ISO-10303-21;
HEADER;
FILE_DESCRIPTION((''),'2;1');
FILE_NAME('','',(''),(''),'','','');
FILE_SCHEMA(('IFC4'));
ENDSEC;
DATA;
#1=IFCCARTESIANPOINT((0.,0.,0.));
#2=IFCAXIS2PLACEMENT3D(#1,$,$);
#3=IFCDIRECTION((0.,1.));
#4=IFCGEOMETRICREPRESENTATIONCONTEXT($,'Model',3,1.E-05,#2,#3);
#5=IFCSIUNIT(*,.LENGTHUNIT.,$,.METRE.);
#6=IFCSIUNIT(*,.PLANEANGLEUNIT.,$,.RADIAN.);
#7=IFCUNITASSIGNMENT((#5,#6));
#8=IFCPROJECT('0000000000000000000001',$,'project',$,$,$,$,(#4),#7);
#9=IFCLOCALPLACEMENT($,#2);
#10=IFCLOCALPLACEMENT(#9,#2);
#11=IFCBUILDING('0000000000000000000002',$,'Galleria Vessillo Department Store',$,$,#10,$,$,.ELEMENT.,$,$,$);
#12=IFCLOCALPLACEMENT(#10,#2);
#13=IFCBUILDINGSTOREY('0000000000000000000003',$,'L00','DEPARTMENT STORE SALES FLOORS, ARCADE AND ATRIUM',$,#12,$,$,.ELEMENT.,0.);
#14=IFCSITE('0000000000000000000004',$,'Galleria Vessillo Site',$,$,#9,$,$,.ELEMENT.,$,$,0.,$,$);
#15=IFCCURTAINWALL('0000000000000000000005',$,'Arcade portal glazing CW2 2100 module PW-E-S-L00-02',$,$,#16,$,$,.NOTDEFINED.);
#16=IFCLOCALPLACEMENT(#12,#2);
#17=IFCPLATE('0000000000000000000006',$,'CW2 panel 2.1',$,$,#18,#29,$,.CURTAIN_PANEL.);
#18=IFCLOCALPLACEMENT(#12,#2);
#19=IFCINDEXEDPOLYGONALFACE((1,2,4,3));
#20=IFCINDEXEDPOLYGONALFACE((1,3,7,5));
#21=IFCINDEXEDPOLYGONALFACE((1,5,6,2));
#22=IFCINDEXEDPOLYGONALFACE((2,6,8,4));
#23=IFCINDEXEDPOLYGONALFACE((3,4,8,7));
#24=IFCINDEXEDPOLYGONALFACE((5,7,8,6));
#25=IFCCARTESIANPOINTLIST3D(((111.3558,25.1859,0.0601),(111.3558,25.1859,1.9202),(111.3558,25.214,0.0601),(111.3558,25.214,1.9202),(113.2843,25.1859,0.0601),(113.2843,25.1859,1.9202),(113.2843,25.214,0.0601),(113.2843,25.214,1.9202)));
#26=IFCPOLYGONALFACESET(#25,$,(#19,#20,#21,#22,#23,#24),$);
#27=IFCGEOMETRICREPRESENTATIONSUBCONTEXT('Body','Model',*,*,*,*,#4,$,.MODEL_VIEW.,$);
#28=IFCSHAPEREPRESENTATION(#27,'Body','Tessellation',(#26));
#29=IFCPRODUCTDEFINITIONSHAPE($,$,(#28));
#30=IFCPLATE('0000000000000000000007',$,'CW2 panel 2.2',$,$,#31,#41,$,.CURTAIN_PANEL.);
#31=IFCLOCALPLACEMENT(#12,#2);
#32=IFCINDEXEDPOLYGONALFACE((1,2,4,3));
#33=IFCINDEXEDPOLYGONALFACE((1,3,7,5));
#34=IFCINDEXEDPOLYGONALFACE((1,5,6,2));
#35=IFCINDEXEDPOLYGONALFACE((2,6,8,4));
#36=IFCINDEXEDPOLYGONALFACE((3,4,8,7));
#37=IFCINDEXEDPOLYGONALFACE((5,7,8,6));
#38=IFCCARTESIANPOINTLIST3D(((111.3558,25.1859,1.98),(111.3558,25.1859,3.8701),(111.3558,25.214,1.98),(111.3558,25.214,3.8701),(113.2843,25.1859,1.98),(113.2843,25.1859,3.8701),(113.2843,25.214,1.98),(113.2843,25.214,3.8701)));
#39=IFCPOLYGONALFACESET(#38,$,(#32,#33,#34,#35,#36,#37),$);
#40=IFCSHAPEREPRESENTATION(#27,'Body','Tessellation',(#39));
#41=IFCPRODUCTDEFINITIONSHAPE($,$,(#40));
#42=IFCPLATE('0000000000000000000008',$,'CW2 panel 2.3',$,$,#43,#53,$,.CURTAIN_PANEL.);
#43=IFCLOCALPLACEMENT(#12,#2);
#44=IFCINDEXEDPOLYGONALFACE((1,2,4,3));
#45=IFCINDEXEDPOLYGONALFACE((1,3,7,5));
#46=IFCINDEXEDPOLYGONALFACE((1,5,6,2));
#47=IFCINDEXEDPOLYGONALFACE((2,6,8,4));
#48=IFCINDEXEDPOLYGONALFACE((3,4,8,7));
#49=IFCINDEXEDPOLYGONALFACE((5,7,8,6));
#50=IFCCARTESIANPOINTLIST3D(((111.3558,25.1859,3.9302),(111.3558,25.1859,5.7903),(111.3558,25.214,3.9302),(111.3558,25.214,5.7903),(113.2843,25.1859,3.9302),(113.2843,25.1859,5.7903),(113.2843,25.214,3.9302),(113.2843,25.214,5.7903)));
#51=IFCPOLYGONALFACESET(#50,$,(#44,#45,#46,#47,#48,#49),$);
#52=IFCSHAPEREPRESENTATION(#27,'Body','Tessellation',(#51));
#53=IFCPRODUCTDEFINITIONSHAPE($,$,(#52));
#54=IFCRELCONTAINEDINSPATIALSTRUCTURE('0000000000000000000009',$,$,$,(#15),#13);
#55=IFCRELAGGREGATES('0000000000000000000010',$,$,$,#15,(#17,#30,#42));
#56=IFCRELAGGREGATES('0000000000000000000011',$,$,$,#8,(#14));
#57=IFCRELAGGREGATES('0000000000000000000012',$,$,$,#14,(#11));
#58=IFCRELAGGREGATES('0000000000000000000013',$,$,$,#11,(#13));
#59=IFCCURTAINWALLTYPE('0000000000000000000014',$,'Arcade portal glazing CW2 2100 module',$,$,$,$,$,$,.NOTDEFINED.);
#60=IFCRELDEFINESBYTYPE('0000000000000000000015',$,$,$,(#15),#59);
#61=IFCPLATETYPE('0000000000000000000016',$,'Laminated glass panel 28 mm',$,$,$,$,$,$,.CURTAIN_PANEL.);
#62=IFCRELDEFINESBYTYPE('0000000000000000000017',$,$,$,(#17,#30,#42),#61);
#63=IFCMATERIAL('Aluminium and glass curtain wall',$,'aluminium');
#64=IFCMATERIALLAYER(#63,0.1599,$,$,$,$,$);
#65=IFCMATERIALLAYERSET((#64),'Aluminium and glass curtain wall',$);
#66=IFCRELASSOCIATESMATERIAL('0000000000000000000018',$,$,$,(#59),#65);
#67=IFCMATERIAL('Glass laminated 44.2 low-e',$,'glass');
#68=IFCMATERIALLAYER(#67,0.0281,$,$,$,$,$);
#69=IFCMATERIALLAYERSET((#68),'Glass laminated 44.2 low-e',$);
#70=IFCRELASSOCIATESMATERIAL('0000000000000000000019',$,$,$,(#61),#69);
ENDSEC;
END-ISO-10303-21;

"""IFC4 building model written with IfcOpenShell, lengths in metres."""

from ifc_helpers import new_model, si_unit, direction, frame, origin, origin_2d, place, context, subcontext, project, spatial, rectangle, extrude, material, layer, layer_set, type_object, element, aggregate, save


model = new_model("IFC4")

# Units and contexts
model_context = context("Model", 3, precision=1e-05, world=origin(), true_north=direction((0.0, 1.0)))
body_context = subcontext(model_context, "Body", "Model", "MODEL_VIEW")
ifc_project = project(units=[si_unit("LENGTHUNIT", "METRE"), si_unit("PLANEANGLEUNIT", "RADIAN")], contexts=[model_context])

# Site, building, storey
site_placement = place(None, origin())
site = spatial("IfcSite", under=ifc_project, at=site_placement, Name="Galleria Vessillo Site", CompositionType="ELEMENT", RefElevation=0.0)
building_placement = place(site_placement, origin())
building = spatial("IfcBuilding", under=site, at=building_placement, Name="Galleria Vessillo Department Store", CompositionType="ELEMENT")
storey_placement = place(building_placement, origin())
storey = spatial("IfcBuildingStorey", under=building, at=storey_placement, Name="L00", Description="DEPARTMENT STORE SALES FLOORS, ARCADE AND ATRIUM", CompositionType="ELEMENT", Elevation=0.0)

# Curtain wall
ifc_material_1 = material(Name="Aluminium and glass curtain wall", Category="aluminium")
ifc_layer_1 = layer(ifc_material_1, 0.1599)
ifc_layer_set_1 = layer_set([ifc_layer_1], Name="Aluminium and glass curtain wall")
curtain_wall_type = type_object("IfcCurtainWallType", Name="Arcade portal glazing CW2 2100 module", PredefinedType="NOTDEFINED", material=ifc_layer_set_1)
curtain_wall_placement = place(storey_placement, origin())
curtain_wall = element("IfcCurtainWall", 1, at=curtain_wall_placement, inside=storey, type_object=curtain_wall_type, Name="Arcade portal glazing CW2 2100 module PW-E-S-L00-02", PredefinedType="NOTDEFINED")

# Plates
ifc_material_2 = material(Name="Glass laminated 44.2 low-e", Category="glass")
ifc_layer_2 = layer(ifc_material_2, 0.0281)
ifc_layer_set_2 = layer_set([ifc_layer_2], Name="Glass laminated 44.2 low-e")
plate_type = type_object("IfcPlateType", Name="Laminated glass panel 28 mm", PredefinedType="CURTAIN_PANEL", material=ifc_layer_set_2)
plate_1_placement = place(storey_placement, frame((112.3201, 25.2, 0.0601), z_axis=(0.0, 0.0, 1.0), x_axis=(1.0, 0.0, 0.0)))
plate_1 = element("IfcPlate", 2, at=plate_1_placement, type_object=plate_type, Name="CW2 panel 2.1", PredefinedType="CURTAIN_PANEL", context=body_context, shape_type="SweptSolid", body=[
    extrude(rectangle(XDim=1.9285, YDim=0.0281, at=origin_2d()), origin(), (0.0, 0.0, 1.0), 1.8601),
])
plate_2_placement = place(storey_placement, frame((112.3201, 25.2, 1.98), z_axis=(0.0, 0.0, 1.0), x_axis=(1.0, 0.0, 0.0)))
plate_2 = element("IfcPlate", 3, at=plate_2_placement, type_object=plate_type, Name="CW2 panel 2.2", PredefinedType="CURTAIN_PANEL", context=body_context, shape_type="SweptSolid", body=[
    extrude(rectangle(XDim=1.9285, YDim=0.0281, at=origin_2d()), origin(), (0.0, 0.0, 1.0), 1.8901),
])
plate_3_placement = place(storey_placement, frame((112.3201, 25.2, 3.9302), z_axis=(0.0, 0.0, 1.0), x_axis=(1.0, 0.0, 0.0)))
plate_3 = element("IfcPlate", 4, at=plate_3_placement, type_object=plate_type, Name="CW2 panel 2.3", PredefinedType="CURTAIN_PANEL", context=body_context, shape_type="SweptSolid", body=[
    extrude(rectangle(XDim=1.9285, YDim=0.0281, at=origin_2d()), origin(), (0.0, 0.0, 1.0), 1.8601),
])
aggregate(curtain_wall, [plate_1, plate_2, plate_3])

save(model, "model.ifc")
